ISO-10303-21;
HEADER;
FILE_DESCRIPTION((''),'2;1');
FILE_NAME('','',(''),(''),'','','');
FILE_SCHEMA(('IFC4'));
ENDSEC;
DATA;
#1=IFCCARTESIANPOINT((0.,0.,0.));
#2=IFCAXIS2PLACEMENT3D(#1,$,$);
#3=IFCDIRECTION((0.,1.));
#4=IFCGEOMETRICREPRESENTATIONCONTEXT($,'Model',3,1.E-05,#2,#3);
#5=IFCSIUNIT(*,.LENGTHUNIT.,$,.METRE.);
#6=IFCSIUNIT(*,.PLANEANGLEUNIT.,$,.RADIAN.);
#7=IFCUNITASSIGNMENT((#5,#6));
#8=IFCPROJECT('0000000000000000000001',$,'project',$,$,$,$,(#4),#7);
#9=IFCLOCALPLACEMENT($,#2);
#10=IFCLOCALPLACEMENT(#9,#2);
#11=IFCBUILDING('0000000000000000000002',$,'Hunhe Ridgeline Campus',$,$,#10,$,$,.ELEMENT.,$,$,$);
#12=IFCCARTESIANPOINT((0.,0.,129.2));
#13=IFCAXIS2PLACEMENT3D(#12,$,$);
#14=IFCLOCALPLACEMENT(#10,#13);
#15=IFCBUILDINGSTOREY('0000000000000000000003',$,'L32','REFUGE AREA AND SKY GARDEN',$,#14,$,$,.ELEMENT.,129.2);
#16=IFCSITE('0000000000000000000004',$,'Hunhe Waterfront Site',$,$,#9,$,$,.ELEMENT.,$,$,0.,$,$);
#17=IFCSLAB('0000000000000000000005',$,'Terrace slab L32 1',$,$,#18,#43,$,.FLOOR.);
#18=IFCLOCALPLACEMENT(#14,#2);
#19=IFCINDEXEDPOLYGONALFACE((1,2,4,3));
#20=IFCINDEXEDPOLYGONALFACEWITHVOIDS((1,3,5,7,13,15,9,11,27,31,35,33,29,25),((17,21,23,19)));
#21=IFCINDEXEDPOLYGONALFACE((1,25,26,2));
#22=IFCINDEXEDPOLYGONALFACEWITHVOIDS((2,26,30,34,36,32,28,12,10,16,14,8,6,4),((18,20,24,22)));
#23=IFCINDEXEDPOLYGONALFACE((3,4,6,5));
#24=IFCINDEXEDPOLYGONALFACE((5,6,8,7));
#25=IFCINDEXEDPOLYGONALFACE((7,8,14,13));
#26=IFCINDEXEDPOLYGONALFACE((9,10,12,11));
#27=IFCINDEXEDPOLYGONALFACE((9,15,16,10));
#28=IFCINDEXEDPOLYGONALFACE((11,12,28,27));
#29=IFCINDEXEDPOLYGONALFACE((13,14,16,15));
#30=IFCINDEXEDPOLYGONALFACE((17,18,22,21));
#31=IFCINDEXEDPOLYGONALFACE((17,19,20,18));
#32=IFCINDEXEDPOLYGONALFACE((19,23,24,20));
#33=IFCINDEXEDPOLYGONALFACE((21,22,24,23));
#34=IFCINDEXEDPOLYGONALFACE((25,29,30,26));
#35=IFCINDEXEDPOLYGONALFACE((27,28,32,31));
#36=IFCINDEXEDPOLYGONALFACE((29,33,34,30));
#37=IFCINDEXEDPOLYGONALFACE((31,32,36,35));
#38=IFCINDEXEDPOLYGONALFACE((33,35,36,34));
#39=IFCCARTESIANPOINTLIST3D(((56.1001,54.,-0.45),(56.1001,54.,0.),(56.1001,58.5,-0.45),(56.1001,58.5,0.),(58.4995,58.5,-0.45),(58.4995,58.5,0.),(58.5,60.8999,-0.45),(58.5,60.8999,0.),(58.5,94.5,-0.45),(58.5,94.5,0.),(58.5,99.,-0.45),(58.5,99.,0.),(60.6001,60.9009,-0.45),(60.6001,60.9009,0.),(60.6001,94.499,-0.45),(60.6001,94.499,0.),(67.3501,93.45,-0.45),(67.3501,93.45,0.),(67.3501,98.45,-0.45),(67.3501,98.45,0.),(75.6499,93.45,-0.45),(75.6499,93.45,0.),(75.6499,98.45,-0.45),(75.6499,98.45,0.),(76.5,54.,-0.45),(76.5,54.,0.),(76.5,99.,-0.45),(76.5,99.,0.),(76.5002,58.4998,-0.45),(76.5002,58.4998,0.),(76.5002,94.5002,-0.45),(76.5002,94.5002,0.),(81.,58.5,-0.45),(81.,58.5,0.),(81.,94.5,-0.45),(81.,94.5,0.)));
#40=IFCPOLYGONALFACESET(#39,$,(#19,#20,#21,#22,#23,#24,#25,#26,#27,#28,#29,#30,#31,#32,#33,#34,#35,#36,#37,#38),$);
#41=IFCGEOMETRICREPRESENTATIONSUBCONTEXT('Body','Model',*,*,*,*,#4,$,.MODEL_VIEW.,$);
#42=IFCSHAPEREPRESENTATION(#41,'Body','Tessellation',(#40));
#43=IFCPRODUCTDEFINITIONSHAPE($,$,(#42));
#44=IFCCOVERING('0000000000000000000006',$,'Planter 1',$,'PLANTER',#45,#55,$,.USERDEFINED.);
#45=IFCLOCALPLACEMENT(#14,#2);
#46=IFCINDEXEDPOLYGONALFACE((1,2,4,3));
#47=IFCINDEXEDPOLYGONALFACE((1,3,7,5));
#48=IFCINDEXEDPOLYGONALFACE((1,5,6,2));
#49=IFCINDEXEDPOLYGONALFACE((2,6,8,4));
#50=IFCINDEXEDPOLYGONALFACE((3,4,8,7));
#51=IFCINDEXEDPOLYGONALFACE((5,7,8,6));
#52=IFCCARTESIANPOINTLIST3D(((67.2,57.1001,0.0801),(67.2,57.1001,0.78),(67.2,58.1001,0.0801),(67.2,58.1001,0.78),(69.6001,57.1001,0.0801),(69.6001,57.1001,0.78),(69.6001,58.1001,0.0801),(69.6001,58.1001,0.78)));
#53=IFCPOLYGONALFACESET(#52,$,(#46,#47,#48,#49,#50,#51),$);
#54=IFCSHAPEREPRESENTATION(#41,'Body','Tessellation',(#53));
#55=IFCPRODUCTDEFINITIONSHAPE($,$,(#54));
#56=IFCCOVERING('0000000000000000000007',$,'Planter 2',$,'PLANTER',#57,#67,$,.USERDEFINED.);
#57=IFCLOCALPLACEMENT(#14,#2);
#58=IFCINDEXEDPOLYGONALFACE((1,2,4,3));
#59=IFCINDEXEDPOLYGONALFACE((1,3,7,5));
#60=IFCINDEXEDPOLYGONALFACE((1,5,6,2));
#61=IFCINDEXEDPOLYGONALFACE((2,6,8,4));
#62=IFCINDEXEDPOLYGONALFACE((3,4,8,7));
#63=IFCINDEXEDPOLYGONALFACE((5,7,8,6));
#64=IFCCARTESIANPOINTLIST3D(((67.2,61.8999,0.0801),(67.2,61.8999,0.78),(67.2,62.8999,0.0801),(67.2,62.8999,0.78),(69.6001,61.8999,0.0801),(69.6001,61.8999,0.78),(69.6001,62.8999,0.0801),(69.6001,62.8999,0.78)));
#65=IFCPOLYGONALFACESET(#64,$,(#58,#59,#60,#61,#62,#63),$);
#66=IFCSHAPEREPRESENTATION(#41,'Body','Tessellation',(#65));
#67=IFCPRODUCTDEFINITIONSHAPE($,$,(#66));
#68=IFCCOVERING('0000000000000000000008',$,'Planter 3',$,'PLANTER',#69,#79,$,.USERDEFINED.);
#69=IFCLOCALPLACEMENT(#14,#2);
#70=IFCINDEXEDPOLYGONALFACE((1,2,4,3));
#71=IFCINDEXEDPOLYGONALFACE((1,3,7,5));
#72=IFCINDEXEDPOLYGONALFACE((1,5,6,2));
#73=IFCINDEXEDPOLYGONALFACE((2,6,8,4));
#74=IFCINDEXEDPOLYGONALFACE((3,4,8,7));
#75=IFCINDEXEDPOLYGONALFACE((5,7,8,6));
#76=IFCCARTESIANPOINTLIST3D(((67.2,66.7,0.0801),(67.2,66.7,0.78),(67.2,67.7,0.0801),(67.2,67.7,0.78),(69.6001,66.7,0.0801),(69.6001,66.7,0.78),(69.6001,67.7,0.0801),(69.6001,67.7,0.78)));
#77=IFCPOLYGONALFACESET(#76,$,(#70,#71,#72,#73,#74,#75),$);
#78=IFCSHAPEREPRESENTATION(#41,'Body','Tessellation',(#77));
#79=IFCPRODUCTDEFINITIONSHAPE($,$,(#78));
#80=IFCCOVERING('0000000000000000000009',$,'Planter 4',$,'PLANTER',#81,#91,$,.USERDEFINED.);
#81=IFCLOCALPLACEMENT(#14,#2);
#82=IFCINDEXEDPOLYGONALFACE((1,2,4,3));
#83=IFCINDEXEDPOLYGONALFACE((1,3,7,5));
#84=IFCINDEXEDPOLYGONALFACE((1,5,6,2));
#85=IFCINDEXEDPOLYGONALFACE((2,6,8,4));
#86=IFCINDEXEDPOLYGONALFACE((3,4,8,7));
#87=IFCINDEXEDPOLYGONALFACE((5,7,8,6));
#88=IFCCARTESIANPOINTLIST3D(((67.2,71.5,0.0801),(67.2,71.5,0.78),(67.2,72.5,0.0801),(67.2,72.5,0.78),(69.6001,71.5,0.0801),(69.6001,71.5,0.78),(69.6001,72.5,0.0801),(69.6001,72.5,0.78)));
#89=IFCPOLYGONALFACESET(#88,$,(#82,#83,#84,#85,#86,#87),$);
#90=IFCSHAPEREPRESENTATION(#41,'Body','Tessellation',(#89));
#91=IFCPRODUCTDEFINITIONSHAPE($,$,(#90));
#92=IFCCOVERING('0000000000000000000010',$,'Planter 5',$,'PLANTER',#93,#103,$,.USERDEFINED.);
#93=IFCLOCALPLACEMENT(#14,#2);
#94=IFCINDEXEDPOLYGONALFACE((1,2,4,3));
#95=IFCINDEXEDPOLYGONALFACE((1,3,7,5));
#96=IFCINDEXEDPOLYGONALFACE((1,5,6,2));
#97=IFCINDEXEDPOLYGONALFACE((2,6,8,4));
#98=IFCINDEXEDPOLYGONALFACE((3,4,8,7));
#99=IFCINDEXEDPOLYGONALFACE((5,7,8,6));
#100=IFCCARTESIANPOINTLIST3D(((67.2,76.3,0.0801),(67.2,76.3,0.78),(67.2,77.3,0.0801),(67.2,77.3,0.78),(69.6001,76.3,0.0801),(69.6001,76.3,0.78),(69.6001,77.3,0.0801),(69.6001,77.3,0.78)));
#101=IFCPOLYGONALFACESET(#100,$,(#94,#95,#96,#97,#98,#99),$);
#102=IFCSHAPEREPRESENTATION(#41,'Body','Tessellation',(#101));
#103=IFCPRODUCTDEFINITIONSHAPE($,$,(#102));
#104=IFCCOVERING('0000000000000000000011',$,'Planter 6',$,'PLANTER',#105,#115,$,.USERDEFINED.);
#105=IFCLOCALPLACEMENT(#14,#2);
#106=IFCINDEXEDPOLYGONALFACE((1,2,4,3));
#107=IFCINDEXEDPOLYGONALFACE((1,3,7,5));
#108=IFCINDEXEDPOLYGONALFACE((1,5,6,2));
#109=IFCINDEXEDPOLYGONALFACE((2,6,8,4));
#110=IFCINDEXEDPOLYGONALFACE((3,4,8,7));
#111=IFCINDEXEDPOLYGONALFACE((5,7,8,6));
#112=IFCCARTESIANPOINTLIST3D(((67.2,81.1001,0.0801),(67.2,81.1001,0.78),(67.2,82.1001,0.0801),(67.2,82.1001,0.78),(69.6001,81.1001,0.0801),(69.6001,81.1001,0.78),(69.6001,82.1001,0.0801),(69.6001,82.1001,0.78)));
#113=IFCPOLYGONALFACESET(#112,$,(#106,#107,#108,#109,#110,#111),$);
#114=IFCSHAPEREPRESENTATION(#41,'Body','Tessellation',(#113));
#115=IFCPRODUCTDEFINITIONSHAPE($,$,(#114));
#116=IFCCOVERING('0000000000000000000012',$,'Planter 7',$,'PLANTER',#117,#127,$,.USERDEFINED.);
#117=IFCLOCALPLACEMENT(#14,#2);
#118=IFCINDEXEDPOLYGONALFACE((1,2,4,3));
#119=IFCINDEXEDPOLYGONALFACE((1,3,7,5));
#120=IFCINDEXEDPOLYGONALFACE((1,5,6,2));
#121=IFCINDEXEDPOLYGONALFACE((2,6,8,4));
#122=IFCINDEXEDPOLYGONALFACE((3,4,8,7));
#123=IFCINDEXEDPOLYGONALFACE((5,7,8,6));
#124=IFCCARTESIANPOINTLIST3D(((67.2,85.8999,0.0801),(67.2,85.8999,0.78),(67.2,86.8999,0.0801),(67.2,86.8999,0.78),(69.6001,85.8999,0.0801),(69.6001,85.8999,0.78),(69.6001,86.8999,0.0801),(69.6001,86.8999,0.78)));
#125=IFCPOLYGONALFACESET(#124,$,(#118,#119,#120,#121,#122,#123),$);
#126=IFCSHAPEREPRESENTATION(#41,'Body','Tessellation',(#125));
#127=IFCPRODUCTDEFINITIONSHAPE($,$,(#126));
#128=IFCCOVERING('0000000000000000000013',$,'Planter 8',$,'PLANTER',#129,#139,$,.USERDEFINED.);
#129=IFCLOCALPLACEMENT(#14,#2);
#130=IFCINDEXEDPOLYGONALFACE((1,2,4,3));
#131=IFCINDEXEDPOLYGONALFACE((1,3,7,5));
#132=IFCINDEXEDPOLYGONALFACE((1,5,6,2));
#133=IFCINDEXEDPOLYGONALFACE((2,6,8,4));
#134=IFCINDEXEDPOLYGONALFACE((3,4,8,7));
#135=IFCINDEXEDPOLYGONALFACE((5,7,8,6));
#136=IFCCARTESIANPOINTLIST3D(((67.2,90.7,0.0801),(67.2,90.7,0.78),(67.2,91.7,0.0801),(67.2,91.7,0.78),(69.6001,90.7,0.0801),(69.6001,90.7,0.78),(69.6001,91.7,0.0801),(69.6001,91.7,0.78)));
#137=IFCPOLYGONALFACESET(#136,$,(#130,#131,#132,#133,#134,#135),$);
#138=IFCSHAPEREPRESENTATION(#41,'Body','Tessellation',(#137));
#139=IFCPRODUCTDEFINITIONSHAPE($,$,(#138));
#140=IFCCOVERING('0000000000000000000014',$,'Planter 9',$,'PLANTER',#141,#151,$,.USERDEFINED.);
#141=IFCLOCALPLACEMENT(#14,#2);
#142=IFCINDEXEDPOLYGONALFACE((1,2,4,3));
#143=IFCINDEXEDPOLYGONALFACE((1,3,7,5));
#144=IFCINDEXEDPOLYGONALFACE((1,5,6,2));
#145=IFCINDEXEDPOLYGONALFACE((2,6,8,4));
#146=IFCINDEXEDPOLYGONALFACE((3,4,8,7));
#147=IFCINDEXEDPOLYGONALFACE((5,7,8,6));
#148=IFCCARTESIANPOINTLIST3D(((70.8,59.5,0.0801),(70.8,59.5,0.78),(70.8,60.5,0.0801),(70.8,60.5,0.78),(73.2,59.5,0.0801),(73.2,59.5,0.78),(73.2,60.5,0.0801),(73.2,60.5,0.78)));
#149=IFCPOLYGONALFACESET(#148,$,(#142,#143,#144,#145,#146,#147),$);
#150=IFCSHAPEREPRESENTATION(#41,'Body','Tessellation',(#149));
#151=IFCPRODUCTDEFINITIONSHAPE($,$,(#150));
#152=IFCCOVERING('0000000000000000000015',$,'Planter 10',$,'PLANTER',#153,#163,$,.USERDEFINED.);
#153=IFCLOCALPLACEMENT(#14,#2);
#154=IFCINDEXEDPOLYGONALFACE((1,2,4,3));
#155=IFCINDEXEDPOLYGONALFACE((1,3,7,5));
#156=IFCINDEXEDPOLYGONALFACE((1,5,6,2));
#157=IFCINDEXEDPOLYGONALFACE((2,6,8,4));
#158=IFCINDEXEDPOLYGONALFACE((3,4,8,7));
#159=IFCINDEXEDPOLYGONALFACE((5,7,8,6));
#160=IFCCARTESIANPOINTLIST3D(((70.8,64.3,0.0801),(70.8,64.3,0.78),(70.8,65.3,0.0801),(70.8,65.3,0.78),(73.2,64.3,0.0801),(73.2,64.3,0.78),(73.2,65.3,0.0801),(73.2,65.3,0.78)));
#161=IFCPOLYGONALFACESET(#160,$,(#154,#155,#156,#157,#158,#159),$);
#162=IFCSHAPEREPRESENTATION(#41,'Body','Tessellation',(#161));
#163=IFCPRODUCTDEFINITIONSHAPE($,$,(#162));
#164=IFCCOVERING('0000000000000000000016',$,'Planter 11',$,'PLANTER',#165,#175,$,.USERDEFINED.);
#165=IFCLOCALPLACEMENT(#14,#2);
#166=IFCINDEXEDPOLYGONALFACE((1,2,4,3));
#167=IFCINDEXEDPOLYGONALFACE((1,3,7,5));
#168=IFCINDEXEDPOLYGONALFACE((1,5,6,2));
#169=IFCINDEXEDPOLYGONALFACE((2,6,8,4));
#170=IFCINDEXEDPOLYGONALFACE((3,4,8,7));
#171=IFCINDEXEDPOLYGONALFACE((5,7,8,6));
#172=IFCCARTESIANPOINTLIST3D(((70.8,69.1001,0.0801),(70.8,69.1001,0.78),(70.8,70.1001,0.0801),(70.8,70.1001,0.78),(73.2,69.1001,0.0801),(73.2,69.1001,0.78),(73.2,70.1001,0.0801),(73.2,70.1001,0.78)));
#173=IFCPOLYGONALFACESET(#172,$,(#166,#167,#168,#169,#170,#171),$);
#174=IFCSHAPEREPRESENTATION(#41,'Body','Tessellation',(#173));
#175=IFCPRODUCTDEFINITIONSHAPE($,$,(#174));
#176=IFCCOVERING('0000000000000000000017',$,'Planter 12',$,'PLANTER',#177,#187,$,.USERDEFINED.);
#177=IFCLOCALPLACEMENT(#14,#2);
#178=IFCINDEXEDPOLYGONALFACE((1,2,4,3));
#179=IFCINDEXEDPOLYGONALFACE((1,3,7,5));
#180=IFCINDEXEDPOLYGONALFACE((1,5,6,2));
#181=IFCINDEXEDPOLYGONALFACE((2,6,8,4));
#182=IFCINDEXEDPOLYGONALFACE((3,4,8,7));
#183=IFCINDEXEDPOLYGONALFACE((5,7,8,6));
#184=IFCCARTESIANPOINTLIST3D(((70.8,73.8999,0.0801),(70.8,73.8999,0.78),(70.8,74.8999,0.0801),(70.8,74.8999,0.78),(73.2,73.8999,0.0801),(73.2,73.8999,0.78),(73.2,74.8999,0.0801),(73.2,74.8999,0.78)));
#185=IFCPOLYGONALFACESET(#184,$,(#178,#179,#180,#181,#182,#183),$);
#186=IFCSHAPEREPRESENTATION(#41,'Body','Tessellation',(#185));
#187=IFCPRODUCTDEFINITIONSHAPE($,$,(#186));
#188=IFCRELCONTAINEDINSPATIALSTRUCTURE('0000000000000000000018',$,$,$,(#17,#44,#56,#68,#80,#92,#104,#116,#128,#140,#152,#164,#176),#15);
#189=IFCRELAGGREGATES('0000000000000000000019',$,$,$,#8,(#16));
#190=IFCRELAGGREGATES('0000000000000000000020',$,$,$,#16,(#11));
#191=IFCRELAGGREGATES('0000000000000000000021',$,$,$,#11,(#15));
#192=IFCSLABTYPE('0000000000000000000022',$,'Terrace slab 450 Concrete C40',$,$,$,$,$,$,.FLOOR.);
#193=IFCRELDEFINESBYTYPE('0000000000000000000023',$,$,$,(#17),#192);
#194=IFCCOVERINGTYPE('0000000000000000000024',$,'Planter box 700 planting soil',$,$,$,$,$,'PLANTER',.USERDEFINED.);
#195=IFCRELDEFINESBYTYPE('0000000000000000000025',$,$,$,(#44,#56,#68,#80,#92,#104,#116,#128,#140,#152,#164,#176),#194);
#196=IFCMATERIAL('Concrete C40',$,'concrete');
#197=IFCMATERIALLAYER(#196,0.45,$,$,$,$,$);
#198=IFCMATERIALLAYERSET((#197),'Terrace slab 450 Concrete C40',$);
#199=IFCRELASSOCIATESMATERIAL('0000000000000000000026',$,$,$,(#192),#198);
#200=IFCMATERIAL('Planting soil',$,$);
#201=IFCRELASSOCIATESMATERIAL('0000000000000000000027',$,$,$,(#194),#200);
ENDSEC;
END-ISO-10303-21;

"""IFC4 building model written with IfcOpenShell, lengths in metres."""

from ifc_helpers import new_model, si_unit, direction, frame, origin, place, context, subcontext, project, spatial, polyline, outline, extrude, material, layer, layer_set, type_object, element, save


model = new_model("IFC4")

# Units and contexts
model_context = context("Model", 3, precision=1e-05, world=origin(), true_north=direction((0.0, 1.0)))
body_context = subcontext(model_context, "Body", "Model", "MODEL_VIEW")
ifc_project = project(units=[si_unit("LENGTHUNIT", "METRE"), si_unit("PLANEANGLEUNIT", "RADIAN")], contexts=[model_context])

# Site, building, storey
site_placement = place(None, origin())
site = spatial("IfcSite", under=ifc_project, at=site_placement, Name="Hunhe Waterfront Site", CompositionType="ELEMENT", RefElevation=0.0)
building_placement = place(site_placement, origin())
building = spatial("IfcBuilding", under=site, at=building_placement, Name="Hunhe Ridgeline Campus", CompositionType="ELEMENT")
storey_placement = place(building_placement, frame((0.0, 0.0, 129.2)))
storey = spatial("IfcBuildingStorey", under=building, at=storey_placement, Name="L32", Description="REFUGE AREA AND SKY GARDEN", CompositionType="ELEMENT", Elevation=129.2)

# Shared definitions
ifc_material_1 = material(Name="Concrete C40", Category="concrete")

# Slab
ifc_layer_1 = layer(ifc_material_1, 0.45)
ifc_layer_set_1 = layer_set([ifc_layer_1], Name="Terrace slab 450 Concrete C40")
slab_type_1 = type_object("IfcSlabType", Name="Terrace slab 450 Concrete C40", PredefinedType="FLOOR", material=ifc_layer_set_1)
slab_1_placement = place(storey_placement, frame((0.0, 0.0, -0.45)))
element("IfcSlab", 1, at=slab_1_placement, inside=storey, type_object=slab_type_1, Name="Terrace slab L32 1", PredefinedType="FLOOR", context=body_context, shape_type="SweptSolid", body=[
    extrude(outline(polyline([(58.4995, 58.5), (56.1001, 58.5), (56.1001, 54.0), (76.5, 54.0), (76.5002, 58.4998), (81.0, 58.5), (81.0, 94.5), (76.5002, 94.5002), (76.5, 99.0), (58.5, 99.0), (58.5, 94.5), (60.6001, 94.499), (60.6001, 60.9009), (58.5, 60.8999), (58.4995, 58.5)]), holes=[polyline([(67.3501, 93.45), (75.6499, 93.45), (75.6499, 98.45), (67.3501, 98.45), (67.3501, 93.45)])]), origin(), (0.0, 0.0, 1.0), 0.45),
])

# Coverings
ifc_material_2 = material(Name="Planting soil")
covering_type_1 = type_object("IfcCoveringType", Name="Planter box 700 planting soil", ElementType="PLANTER", PredefinedType="USERDEFINED", material=ifc_material_2)
covering_1_placement = place(storey_placement, frame((0.0, 0.0, 0.0801)))
element("IfcCovering", 2, at=covering_1_placement, inside=storey, type_object=covering_type_1, Name="Planter 1", ObjectType="PLANTER", PredefinedType="USERDEFINED", context=body_context, shape_type="SweptSolid", body=[
    extrude(outline(polyline([(67.2, 57.1001), (69.6001, 57.1001), (69.6001, 58.1001), (67.2, 58.1001), (67.2, 57.1001)])), origin(), (0.0, 0.0, 1.0), 0.7),
])
covering_2_placement = place(storey_placement, frame((0.0, 0.0, 0.0801)))
element("IfcCovering", 3, at=covering_2_placement, inside=storey, type_object=covering_type_1, Name="Planter 2", ObjectType="PLANTER", PredefinedType="USERDEFINED", context=body_context, shape_type="SweptSolid", body=[
    extrude(outline(polyline([(67.2, 61.8999), (69.6001, 61.8999), (69.6001, 62.8999), (67.2, 62.8999), (67.2, 61.8999)])), origin(), (0.0, 0.0, 1.0), 0.7),
])
covering_3_placement = place(storey_placement, frame((0.0, 0.0, 0.0801)))
element("IfcCovering", 4, at=covering_3_placement, inside=storey, type_object=covering_type_1, Name="Planter 3", ObjectType="PLANTER", PredefinedType="USERDEFINED", context=body_context, shape_type="SweptSolid", body=[
    extrude(outline(polyline([(67.2, 66.7), (69.6001, 66.7), (69.6001, 67.7), (67.2, 67.7), (67.2, 66.7)])), origin(), (0.0, 0.0, 1.0), 0.7),
])
covering_4_placement = place(storey_placement, frame((0.0, 0.0, 0.0801)))
element("IfcCovering", 5, at=covering_4_placement, inside=storey, type_object=covering_type_1, Name="Planter 4", ObjectType="PLANTER", PredefinedType="USERDEFINED", context=body_context, shape_type="SweptSolid", body=[
    extrude(outline(polyline([(67.2, 71.5), (69.6001, 71.5), (69.6001, 72.5), (67.2, 72.5), (67.2, 71.5)])), origin(), (0.0, 0.0, 1.0), 0.7),
])
covering_5_placement = place(storey_placement, frame((0.0, 0.0, 0.0801)))
element("IfcCovering", 6, at=covering_5_placement, inside=storey, type_object=covering_type_1, Name="Planter 5", ObjectType="PLANTER", PredefinedType="USERDEFINED", context=body_context, shape_type="SweptSolid", body=[
    extrude(outline(polyline([(67.2, 76.3), (69.6001, 76.3), (69.6001, 77.3), (67.2, 77.3), (67.2, 76.3)])), origin(), (0.0, 0.0, 1.0), 0.7),
])
covering_6_placement = place(storey_placement, frame((0.0, 0.0, 0.0801)))
element("IfcCovering", 7, at=covering_6_placement, inside=storey, type_object=covering_type_1, Name="Planter 6", ObjectType="PLANTER", PredefinedType="USERDEFINED", context=body_context, shape_type="SweptSolid", body=[
    extrude(outline(polyline([(67.2, 81.1001), (69.6001, 81.1001), (69.6001, 82.1001), (67.2, 82.1001), (67.2, 81.1001)])), origin(), (0.0, 0.0, 1.0), 0.7),
])
covering_7_placement = place(storey_placement, frame((0.0, 0.0, 0.0801)))
element("IfcCovering", 8, at=covering_7_placement, inside=storey, type_object=covering_type_1, Name="Planter 7", ObjectType="PLANTER", PredefinedType="USERDEFINED", context=body_context, shape_type="SweptSolid", body=[
    extrude(outline(polyline([(67.2, 85.8999), (69.6001, 85.8999), (69.6001, 86.8999), (67.2, 86.8999), (67.2, 85.8999)])), origin(), (0.0, 0.0, 1.0), 0.7),
])
covering_8_placement = place(storey_placement, frame((0.0, 0.0, 0.0801)))
element("IfcCovering", 9, at=covering_8_placement, inside=storey, type_object=covering_type_1, Name="Planter 8", ObjectType="PLANTER", PredefinedType="USERDEFINED", context=body_context, shape_type="SweptSolid", body=[
    extrude(outline(polyline([(67.2, 90.7), (69.6001, 90.7), (69.6001, 91.7), (67.2, 91.7), (67.2, 90.7)])), origin(), (0.0, 0.0, 1.0), 0.7),
])
covering_9_placement = place(storey_placement, frame((0.0, 0.0, 0.0801)))
element("IfcCovering", 10, at=covering_9_placement, inside=storey, type_object=covering_type_1, Name="Planter 9", ObjectType="PLANTER", PredefinedType="USERDEFINED", context=body_context, shape_type="SweptSolid", body=[
    extrude(outline(polyline([(70.8, 59.5), (73.2, 59.5), (73.2, 60.5), (70.8, 60.5), (70.8, 59.5)])), origin(), (0.0, 0.0, 1.0), 0.7),
])
covering_10_placement = place(storey_placement, frame((0.0, 0.0, 0.0801)))
element("IfcCovering", 11, at=covering_10_placement, inside=storey, type_object=covering_type_1, Name="Planter 10", ObjectType="PLANTER", PredefinedType="USERDEFINED", context=body_context, shape_type="SweptSolid", body=[
    extrude(outline(polyline([(70.8, 64.3), (73.2, 64.3), (73.2, 65.3), (70.8, 65.3), (70.8, 64.3)])), origin(), (0.0, 0.0, 1.0), 0.7),
])
covering_11_placement = place(storey_placement, frame((0.0, 0.0, 0.0801)))
element("IfcCovering", 12, at=covering_11_placement, inside=storey, type_object=covering_type_1, Name="Planter 11", ObjectType="PLANTER", PredefinedType="USERDEFINED", context=body_context, shape_type="SweptSolid", body=[
    extrude(outline(polyline([(70.8, 69.1001), (73.2, 69.1001), (73.2, 70.1001), (70.8, 70.1001), (70.8, 69.1001)])), origin(), (0.0, 0.0, 1.0), 0.7),
])
covering_12_placement = place(storey_placement, frame((0.0, 0.0, 0.0801)))
element("IfcCovering", 13, at=covering_12_placement, inside=storey, type_object=covering_type_1, Name="Planter 12", ObjectType="PLANTER", PredefinedType="USERDEFINED", context=body_context, shape_type="SweptSolid", body=[
    extrude(outline(polyline([(70.8, 73.8999), (73.2, 73.8999), (73.2, 74.8999), (70.8, 74.8999), (70.8, 73.8999)])), origin(), (0.0, 0.0, 1.0), 0.7),
])

save(model, "model.ifc")
